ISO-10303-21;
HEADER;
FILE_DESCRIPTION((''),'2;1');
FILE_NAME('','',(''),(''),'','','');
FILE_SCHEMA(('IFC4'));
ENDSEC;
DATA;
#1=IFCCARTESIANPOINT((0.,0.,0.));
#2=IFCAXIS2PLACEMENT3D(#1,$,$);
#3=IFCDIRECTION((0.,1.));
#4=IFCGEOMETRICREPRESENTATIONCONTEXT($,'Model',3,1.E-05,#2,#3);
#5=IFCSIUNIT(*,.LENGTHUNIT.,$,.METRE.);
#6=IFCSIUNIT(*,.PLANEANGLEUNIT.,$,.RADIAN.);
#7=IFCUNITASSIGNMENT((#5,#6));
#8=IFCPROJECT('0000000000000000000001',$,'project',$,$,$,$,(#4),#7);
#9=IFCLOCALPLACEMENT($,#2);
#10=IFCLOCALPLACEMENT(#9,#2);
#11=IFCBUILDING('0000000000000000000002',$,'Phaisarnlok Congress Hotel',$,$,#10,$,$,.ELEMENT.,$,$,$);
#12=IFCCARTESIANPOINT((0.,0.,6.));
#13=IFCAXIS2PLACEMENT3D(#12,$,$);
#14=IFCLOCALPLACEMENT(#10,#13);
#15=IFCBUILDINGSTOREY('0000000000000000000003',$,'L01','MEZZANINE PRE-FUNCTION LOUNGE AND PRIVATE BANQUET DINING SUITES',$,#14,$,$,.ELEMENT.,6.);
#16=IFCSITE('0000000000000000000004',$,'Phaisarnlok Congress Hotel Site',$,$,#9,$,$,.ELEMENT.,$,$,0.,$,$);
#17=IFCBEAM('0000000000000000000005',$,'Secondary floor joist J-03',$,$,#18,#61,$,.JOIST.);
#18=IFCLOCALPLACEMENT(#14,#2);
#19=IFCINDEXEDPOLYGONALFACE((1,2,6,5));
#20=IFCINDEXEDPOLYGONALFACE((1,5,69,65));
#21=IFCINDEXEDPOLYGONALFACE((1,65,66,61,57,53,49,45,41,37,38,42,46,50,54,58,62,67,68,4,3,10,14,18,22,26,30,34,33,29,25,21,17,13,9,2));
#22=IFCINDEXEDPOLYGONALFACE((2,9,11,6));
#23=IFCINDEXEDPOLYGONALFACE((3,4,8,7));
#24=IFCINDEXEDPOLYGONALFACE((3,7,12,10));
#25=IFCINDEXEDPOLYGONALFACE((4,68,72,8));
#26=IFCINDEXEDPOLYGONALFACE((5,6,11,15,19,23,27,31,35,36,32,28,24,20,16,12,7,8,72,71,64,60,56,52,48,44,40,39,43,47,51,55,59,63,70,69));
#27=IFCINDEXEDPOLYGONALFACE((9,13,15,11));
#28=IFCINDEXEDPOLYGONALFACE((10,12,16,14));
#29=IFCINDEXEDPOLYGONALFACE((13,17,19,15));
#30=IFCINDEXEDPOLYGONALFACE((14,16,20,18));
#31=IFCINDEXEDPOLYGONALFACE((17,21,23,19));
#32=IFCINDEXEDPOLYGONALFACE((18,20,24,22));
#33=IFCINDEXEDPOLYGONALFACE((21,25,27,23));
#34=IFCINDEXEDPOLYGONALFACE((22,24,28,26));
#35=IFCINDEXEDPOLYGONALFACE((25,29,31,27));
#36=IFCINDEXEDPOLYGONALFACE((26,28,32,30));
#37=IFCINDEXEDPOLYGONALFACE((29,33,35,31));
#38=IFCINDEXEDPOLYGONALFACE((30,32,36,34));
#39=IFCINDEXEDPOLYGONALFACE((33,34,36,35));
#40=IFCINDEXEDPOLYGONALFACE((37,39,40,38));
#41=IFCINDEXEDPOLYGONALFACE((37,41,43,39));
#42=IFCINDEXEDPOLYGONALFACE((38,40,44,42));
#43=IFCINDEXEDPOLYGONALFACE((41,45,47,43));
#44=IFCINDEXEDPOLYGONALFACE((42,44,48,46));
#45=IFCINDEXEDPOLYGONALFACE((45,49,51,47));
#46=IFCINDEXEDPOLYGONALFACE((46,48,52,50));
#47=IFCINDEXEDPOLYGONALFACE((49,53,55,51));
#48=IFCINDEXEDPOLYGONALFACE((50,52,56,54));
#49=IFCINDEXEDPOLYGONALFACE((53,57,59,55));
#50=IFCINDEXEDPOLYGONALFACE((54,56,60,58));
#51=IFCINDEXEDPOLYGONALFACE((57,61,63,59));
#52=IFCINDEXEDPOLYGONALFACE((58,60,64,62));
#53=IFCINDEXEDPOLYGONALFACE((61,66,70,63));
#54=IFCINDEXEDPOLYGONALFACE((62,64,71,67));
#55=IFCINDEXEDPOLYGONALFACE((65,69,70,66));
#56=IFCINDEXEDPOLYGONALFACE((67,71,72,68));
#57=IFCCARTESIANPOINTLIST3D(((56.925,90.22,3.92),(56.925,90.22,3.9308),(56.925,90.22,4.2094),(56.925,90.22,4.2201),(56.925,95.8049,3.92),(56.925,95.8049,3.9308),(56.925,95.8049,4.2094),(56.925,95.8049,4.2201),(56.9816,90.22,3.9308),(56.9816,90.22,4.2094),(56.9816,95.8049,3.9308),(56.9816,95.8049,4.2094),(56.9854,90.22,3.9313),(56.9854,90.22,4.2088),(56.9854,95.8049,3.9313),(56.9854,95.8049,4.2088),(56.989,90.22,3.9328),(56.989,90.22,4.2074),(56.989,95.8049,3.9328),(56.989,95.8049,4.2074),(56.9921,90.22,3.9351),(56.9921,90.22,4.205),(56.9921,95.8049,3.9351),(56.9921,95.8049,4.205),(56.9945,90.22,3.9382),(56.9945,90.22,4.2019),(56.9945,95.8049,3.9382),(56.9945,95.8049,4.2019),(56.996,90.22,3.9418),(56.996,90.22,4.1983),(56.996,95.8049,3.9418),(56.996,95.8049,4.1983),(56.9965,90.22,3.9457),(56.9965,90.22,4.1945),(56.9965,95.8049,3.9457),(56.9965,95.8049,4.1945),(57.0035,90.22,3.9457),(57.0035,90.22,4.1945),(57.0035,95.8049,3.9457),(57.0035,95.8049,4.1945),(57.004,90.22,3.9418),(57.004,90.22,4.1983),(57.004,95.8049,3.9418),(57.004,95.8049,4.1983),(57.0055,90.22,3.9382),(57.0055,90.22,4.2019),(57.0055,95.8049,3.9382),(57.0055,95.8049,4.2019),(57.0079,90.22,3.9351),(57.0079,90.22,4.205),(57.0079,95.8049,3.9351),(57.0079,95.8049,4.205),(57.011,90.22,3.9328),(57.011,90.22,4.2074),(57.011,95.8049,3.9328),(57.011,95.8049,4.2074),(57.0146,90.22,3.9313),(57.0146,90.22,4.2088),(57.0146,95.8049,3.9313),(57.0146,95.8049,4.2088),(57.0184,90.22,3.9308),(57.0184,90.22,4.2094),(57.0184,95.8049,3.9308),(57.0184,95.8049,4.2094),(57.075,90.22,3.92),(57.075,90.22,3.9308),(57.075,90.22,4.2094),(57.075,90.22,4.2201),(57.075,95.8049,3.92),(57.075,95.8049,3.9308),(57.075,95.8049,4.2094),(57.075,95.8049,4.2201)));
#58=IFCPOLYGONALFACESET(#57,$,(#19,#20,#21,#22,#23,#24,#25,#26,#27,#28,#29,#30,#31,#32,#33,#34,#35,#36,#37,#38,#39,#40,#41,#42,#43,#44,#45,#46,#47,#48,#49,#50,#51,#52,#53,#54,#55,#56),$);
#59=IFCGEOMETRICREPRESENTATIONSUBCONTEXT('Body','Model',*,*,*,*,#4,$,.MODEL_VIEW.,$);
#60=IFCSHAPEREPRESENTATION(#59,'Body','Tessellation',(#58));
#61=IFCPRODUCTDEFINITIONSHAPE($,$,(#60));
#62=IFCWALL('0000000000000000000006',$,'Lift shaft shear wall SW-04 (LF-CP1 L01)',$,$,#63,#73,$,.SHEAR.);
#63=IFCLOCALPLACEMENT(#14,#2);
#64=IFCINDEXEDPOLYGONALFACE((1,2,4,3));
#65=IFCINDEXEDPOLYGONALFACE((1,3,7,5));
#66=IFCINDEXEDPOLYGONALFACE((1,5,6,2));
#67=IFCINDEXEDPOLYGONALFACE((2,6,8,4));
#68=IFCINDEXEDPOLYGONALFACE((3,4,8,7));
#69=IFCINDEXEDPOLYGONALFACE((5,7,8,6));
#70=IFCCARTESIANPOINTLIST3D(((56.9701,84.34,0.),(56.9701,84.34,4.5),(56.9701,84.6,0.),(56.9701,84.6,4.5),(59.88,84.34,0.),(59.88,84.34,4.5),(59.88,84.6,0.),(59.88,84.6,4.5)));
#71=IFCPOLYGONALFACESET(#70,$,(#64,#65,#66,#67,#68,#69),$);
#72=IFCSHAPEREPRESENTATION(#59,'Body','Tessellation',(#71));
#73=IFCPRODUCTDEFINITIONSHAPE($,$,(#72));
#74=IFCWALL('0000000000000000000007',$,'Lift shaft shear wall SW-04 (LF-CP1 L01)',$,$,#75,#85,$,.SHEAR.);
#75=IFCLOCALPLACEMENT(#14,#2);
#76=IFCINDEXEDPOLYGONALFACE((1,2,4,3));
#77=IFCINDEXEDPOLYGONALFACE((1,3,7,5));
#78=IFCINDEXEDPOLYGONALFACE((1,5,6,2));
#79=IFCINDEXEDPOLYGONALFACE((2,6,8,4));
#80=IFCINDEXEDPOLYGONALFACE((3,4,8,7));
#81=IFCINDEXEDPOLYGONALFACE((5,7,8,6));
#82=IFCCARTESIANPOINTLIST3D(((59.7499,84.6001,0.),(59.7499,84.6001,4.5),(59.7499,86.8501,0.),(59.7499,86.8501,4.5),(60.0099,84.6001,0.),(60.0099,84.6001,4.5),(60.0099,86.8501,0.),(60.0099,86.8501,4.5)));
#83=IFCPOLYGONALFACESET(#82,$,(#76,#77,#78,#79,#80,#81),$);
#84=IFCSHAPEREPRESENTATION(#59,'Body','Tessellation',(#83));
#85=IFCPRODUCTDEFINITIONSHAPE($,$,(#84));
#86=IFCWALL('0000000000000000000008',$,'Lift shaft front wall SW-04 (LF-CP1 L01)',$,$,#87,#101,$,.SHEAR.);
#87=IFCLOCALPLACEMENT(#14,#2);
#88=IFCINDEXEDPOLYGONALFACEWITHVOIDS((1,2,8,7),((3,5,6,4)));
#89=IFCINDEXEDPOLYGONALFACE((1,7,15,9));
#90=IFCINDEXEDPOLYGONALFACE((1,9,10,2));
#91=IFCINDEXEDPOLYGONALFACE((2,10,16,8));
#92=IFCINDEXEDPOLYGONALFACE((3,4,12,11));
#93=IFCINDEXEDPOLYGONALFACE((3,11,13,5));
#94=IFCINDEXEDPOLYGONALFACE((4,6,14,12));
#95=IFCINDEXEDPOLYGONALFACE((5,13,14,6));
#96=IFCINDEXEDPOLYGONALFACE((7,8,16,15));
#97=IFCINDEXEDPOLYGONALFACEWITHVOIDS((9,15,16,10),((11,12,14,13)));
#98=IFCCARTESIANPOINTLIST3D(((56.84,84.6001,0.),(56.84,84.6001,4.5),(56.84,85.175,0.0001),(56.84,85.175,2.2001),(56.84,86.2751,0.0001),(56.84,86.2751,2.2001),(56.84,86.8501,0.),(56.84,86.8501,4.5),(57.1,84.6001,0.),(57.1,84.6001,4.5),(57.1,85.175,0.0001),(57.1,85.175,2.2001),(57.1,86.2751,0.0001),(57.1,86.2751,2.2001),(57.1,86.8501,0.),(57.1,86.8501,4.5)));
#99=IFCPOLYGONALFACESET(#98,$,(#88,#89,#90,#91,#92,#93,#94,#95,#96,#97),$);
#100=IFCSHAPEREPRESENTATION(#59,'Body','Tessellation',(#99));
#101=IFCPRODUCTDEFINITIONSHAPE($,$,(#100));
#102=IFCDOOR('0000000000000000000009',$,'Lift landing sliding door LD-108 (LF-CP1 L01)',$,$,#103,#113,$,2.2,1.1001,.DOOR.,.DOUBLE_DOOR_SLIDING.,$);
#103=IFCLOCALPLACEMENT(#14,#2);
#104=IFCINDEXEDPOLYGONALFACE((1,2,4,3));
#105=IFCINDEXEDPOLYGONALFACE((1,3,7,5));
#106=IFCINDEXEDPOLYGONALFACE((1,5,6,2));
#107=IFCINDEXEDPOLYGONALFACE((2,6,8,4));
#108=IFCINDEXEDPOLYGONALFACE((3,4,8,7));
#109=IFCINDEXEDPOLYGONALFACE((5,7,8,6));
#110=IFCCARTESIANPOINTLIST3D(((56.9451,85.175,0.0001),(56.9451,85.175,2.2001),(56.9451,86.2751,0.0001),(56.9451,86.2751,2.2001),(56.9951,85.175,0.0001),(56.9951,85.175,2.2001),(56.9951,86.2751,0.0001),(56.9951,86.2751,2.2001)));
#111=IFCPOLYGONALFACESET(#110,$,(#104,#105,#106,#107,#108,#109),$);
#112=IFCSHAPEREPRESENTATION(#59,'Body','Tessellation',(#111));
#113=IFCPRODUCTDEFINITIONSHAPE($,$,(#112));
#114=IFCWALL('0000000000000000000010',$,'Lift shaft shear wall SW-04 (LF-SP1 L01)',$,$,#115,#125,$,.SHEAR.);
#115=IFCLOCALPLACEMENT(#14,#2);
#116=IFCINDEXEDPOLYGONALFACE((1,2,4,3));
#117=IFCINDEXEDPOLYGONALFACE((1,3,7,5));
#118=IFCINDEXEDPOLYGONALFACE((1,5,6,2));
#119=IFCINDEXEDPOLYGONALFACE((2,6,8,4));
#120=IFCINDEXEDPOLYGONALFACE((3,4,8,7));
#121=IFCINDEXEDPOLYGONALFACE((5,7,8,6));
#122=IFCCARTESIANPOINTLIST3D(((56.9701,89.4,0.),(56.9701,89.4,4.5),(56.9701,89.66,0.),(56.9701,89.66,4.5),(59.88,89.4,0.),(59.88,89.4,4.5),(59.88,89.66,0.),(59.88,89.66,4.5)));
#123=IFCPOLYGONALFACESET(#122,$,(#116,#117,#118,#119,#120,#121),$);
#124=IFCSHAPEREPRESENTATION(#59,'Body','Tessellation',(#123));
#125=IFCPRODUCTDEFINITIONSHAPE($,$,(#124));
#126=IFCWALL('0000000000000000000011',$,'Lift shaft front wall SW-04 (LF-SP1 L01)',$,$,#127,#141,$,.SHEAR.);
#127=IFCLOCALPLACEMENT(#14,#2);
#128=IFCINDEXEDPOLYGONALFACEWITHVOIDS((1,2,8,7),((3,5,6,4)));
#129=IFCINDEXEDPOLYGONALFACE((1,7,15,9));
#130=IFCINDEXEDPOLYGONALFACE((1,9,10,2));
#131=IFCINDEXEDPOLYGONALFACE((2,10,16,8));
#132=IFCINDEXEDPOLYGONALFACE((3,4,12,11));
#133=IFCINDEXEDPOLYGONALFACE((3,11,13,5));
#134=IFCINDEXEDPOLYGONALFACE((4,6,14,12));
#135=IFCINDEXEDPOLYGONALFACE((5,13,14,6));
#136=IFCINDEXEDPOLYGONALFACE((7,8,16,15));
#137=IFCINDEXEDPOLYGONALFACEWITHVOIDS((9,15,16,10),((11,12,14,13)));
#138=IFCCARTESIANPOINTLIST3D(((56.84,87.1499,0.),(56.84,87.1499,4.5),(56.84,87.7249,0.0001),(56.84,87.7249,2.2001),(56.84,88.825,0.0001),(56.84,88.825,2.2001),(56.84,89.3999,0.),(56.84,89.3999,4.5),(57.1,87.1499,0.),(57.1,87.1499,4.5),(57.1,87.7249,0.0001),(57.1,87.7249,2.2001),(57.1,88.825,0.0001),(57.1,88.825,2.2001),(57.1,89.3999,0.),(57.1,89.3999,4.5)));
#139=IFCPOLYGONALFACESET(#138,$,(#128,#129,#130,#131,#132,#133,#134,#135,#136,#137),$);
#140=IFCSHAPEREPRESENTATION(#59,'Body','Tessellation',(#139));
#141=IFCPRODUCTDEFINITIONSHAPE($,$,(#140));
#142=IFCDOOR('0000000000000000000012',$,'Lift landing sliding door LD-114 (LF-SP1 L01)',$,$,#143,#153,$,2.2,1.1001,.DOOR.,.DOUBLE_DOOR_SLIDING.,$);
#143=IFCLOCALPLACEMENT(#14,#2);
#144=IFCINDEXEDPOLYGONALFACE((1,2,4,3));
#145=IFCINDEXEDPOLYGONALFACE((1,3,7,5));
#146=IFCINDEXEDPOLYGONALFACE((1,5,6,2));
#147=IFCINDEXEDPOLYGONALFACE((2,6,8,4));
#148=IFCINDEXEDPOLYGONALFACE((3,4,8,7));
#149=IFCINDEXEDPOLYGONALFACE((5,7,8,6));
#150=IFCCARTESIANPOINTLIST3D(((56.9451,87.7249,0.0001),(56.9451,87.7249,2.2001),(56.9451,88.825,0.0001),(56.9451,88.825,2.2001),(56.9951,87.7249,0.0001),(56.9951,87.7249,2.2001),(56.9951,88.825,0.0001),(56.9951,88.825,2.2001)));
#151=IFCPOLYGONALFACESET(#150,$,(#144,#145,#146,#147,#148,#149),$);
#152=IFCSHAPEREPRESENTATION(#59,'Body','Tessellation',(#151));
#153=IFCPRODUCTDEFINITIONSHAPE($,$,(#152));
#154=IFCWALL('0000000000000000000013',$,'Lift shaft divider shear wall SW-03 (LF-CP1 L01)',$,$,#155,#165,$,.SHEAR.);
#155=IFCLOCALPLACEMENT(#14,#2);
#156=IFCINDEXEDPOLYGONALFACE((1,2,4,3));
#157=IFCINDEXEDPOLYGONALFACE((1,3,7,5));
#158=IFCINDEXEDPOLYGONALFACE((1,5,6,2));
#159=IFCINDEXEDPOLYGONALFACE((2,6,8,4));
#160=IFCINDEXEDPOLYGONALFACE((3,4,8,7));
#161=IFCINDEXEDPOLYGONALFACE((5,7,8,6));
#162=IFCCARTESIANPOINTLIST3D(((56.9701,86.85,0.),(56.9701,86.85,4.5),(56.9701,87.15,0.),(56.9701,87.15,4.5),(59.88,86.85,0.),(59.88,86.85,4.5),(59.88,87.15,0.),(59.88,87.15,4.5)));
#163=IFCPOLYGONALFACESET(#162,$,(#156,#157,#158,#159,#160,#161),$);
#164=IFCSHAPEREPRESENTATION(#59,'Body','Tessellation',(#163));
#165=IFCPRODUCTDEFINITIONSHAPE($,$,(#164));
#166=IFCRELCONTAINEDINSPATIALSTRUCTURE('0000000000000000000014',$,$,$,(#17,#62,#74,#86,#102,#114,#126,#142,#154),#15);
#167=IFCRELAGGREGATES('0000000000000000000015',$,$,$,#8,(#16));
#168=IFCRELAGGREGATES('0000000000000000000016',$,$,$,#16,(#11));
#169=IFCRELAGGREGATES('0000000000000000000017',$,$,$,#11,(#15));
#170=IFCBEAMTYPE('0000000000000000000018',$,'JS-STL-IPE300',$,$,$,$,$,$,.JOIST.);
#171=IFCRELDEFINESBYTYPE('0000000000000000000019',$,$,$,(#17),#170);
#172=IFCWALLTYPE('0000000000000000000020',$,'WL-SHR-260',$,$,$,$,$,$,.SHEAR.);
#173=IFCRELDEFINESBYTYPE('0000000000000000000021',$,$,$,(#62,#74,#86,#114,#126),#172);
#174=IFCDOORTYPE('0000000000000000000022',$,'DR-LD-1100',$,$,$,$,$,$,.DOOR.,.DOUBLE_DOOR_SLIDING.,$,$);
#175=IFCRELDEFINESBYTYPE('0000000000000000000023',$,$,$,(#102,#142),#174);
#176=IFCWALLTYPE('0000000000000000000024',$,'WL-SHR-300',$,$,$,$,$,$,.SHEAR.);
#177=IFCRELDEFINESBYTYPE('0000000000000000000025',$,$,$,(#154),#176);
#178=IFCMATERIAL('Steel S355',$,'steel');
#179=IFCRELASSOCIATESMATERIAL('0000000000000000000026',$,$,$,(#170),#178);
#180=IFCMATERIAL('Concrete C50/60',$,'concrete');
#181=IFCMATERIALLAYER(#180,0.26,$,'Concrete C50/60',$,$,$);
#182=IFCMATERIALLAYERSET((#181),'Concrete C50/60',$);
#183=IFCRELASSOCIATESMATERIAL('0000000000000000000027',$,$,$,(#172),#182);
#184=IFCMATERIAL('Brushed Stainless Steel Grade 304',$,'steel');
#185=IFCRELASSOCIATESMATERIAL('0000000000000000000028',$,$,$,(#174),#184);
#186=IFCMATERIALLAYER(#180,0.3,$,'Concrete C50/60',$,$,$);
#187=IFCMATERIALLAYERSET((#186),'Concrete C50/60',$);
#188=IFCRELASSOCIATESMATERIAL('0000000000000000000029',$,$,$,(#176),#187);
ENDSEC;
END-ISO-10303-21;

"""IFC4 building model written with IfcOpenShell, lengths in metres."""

from ifc_helpers import new_model, si_unit, direction, frame, frame_2d, origin, origin_2d, place, context, subcontext, project, spatial, rectangle, i_section, extrude, material, layer, layer_set, material_profile, profile_set, type_object, element, fill, save


model = new_model("IFC4")

# Units and contexts
model_context = context("Model", 3, precision=1e-05, world=origin(), true_north=direction((0.0, 1.0)))
body_context = subcontext(model_context, "Body", "Model", "MODEL_VIEW")
ifc_project = project(units=[si_unit("LENGTHUNIT", "METRE"), si_unit("PLANEANGLEUNIT", "RADIAN")], contexts=[model_context])

# Site, building, storey
site_placement = place(None, origin())
site = spatial("IfcSite", under=ifc_project, at=site_placement, Name="Phaisarnlok Congress Hotel Site", CompositionType="ELEMENT", RefElevation=0.0)
building_placement = place(site_placement, origin())
building = spatial("IfcBuilding", under=site, at=building_placement, Name="Phaisarnlok Congress Hotel", CompositionType="ELEMENT")
storey_placement = place(building_placement, frame((0.0, 0.0, 6.0)))
storey = spatial("IfcBuildingStorey", under=building, at=storey_placement, Name="L01", Description="MEZZANINE PRE-FUNCTION LOUNGE AND PRIVATE BANQUET DINING SUITES", CompositionType="ELEMENT", Elevation=6.0)

# Shared definitions
ifc_material_1 = material(Name="Concrete C50/60", Category="concrete")
ifc_material_2 = material(Name="Steel S355", Category="steel")

# Beam
ifc_material_profile_1 = material_profile(ifc_material_2, i_section(OverallWidth=0.1499, OverallDepth=0.3, WebThickness=0.0071, FlangeThickness=0.0107, FilletRadius=0.0149, at=origin_2d()), Name="IPE 300")
ifc_profile_set_1 = profile_set([ifc_material_profile_1], Name="Steel S355")
beam_type_1 = type_object("IfcBeamType", Name="JS-STL-IPE300", PredefinedType="JOIST", material=ifc_profile_set_1)
beam_1_placement = place(storey_placement, frame((57.0, 90.22, 4.0701), z_axis=(0.0, 1.0, 0.0), x_axis=(-1.0, 0.0, 0.0)))
element("IfcBeam", 1, at=beam_1_placement, inside=storey, type_object=beam_type_1, Name="Secondary floor joist J-03", PredefinedType="JOIST", context=body_context, shape_type="SweptSolid", body=[
    extrude(i_section(OverallWidth=0.1499, OverallDepth=0.3, WebThickness=0.0071, FlangeThickness=0.0107, FilletRadius=0.0149, at=origin_2d()), origin(), (0.0, 0.0, 1.0), 5.585),
])

# Shared definitions
ifc_layer_1 = layer(ifc_material_1, 0.26, Name="Concrete C50/60")
ifc_layer_set_1 = layer_set([ifc_layer_1], Name="Concrete C50/60")
wall_type_1 = type_object("IfcWallType", Name="WL-SHR-260", PredefinedType="SHEAR", material=ifc_layer_set_1)

# Walls
wall_1_placement = place(storey_placement, frame((56.97, 84.47, 0.0), z_axis=(0.0, 0.0, 1.0), x_axis=(1.0, 0.0, 0.0)))
element("IfcWall", 2, at=wall_1_placement, inside=storey, type_object=wall_type_1, Name="Lift shaft shear wall SW-04 (LF-CP1 L01)", PredefinedType="SHEAR", context=body_context, shape_type="SweptSolid", body=[
    extrude(rectangle(XDim=2.9099, YDim=0.26, at=frame_2d((1.4551, 0.0))), origin(), (0.0, 0.0, 1.0), 4.5),
])
wall_2_placement = place(storey_placement, frame((59.8799, 84.6001, 0.0), z_axis=(0.0, 0.0, 1.0), x_axis=(0.0, 1.0, 0.0)))
element("IfcWall", 3, at=wall_2_placement, inside=storey, type_object=wall_type_1, Name="Lift shaft shear wall SW-04 (LF-CP1 L01)", PredefinedType="SHEAR", context=body_context, shape_type="SweptSolid", body=[
    extrude(rectangle(XDim=2.25, YDim=0.26, at=frame_2d((1.125, 0.0))), origin(), (0.0, 0.0, 1.0), 4.5),
])

# Wall, opening, door
wall_3_placement = place(storey_placement, frame((56.97, 84.6001, 0.0), z_axis=(0.0, 0.0, 1.0), x_axis=(0.0, 1.0, 0.0)))
wall_3 = element("IfcWall", 4, at=wall_3_placement, inside=storey, type_object=wall_type_1, Name="Lift shaft front wall SW-04 (LF-CP1 L01)", PredefinedType="SHEAR", context=body_context, shape_type="SweptSolid", body=[
    extrude(rectangle(XDim=2.25, YDim=0.26, at=frame_2d((1.125, 0.0))), origin(), (0.0, 0.0, 1.0), 4.5),
])
opening_1_placement = place(wall_3_placement, frame((0.575, 0.0, 0.0)))
opening_1 = element("IfcOpeningElement", 5, at=opening_1_placement, cuts=wall_3, PredefinedType="OPENING", context=body_context, shape_type="SweptSolid", body=[
    extrude(rectangle(XDim=1.1001, YDim=2.2, at=frame_2d((0.55, 1.1001))), frame((0.0, 0.1401, 0.0), z_axis=(0.0, -1.0, 0.0), x_axis=(1.0, 0.0, 0.0)), (0.0, 0.0, 1.0), 0.28),
])
ifc_material_3 = material(Name="Brushed Stainless Steel Grade 304", Category="steel")
door_type_1 = type_object("IfcDoorType", Name="DR-LD-1100", OperationType="DOUBLE_DOOR_SLIDING", PredefinedType="DOOR", material=ifc_material_3)
door_1_placement = place(opening_1_placement, origin())
door_1 = element("IfcDoor", 6, at=door_1_placement, inside=storey, type_object=door_type_1, Name="Lift landing sliding door LD-108 (LF-CP1 L01)", OperationType="DOUBLE_DOOR_SLIDING", OverallHeight=2.2, OverallWidth=1.1001, PredefinedType="DOOR", context=body_context, shape_type="SweptSolid", body=[
    extrude(rectangle(XDim=1.1001, YDim=2.2, at=frame_2d((0.55, 1.1001))), frame((0.0, 0.0249, 0.0), z_axis=(0.0, -1.0, 0.0), x_axis=(1.0, 0.0, 0.0)), (0.0, 0.0, 1.0), 0.05),
])
fill(opening_1, door_1)

# Wall
wall_4_placement = place(storey_placement, frame((56.97, 89.53, 0.0), z_axis=(0.0, 0.0, 1.0), x_axis=(1.0, 0.0, 0.0)))
element("IfcWall", 7, at=wall_4_placement, inside=storey, type_object=wall_type_1, Name="Lift shaft shear wall SW-04 (LF-SP1 L01)", PredefinedType="SHEAR", context=body_context, shape_type="SweptSolid", body=[
    extrude(rectangle(XDim=2.9099, YDim=0.26, at=frame_2d((1.4551, 0.0))), origin(), (0.0, 0.0, 1.0), 4.5),
])

# Wall, opening, door
wall_5_placement = place(storey_placement, frame((56.97, 87.1499, 0.0), z_axis=(0.0, 0.0, 1.0), x_axis=(0.0, 1.0, 0.0)))
wall_5 = element("IfcWall", 8, at=wall_5_placement, inside=storey, type_object=wall_type_1, Name="Lift shaft front wall SW-04 (LF-SP1 L01)", PredefinedType="SHEAR", context=body_context, shape_type="SweptSolid", body=[
    extrude(rectangle(XDim=2.25, YDim=0.26, at=frame_2d((1.125, 0.0))), origin(), (0.0, 0.0, 1.0), 4.5),
])
opening_2_placement = place(wall_5_placement, frame((0.575, 0.0, 0.0)))
opening_2 = element("IfcOpeningElement", 9, at=opening_2_placement, cuts=wall_5, PredefinedType="OPENING", context=body_context, shape_type="SweptSolid", body=[
    extrude(rectangle(XDim=1.1001, YDim=2.2, at=frame_2d((0.55, 1.1001))), frame((0.0, 0.1401, 0.0), z_axis=(0.0, -1.0, 0.0), x_axis=(1.0, 0.0, 0.0)), (0.0, 0.0, 1.0), 0.28),
])
door_2_placement = place(opening_2_placement, origin())
door_2 = element("IfcDoor", 10, at=door_2_placement, inside=storey, type_object=door_type_1, Name="Lift landing sliding door LD-114 (LF-SP1 L01)", OperationType="DOUBLE_DOOR_SLIDING", OverallHeight=2.2, OverallWidth=1.1001, PredefinedType="DOOR", context=body_context, shape_type="SweptSolid", body=[
    extrude(rectangle(XDim=1.1001, YDim=2.2, at=frame_2d((0.55, 1.1001))), frame((0.0, 0.0249, 0.0), z_axis=(0.0, -1.0, 0.0), x_axis=(1.0, 0.0, 0.0)), (0.0, 0.0, 1.0), 0.05),
])
fill(opening_2, door_2)

# Wall
ifc_layer_2 = layer(ifc_material_1, 0.3, Name="Concrete C50/60")
ifc_layer_set_2 = layer_set([ifc_layer_2], Name="Concrete C50/60")
wall_type_2 = type_object("IfcWallType", Name="WL-SHR-300", PredefinedType="SHEAR", material=ifc_layer_set_2)
wall_6_placement = place(storey_placement, frame((56.97, 87.0, 0.0), z_axis=(0.0, 0.0, 1.0), x_axis=(1.0, 0.0, 0.0)))
element("IfcWall", 11, at=wall_6_placement, inside=storey, type_object=wall_type_2, Name="Lift shaft divider shear wall SW-03 (LF-CP1 L01)", PredefinedType="SHEAR", context=body_context, shape_type="SweptSolid", body=[
    extrude(rectangle(XDim=2.9099, YDim=0.3, at=frame_2d((1.4551, 0.0))), origin(), (0.0, 0.0, 1.0), 4.5),
])

save(model, "model.ifc")
